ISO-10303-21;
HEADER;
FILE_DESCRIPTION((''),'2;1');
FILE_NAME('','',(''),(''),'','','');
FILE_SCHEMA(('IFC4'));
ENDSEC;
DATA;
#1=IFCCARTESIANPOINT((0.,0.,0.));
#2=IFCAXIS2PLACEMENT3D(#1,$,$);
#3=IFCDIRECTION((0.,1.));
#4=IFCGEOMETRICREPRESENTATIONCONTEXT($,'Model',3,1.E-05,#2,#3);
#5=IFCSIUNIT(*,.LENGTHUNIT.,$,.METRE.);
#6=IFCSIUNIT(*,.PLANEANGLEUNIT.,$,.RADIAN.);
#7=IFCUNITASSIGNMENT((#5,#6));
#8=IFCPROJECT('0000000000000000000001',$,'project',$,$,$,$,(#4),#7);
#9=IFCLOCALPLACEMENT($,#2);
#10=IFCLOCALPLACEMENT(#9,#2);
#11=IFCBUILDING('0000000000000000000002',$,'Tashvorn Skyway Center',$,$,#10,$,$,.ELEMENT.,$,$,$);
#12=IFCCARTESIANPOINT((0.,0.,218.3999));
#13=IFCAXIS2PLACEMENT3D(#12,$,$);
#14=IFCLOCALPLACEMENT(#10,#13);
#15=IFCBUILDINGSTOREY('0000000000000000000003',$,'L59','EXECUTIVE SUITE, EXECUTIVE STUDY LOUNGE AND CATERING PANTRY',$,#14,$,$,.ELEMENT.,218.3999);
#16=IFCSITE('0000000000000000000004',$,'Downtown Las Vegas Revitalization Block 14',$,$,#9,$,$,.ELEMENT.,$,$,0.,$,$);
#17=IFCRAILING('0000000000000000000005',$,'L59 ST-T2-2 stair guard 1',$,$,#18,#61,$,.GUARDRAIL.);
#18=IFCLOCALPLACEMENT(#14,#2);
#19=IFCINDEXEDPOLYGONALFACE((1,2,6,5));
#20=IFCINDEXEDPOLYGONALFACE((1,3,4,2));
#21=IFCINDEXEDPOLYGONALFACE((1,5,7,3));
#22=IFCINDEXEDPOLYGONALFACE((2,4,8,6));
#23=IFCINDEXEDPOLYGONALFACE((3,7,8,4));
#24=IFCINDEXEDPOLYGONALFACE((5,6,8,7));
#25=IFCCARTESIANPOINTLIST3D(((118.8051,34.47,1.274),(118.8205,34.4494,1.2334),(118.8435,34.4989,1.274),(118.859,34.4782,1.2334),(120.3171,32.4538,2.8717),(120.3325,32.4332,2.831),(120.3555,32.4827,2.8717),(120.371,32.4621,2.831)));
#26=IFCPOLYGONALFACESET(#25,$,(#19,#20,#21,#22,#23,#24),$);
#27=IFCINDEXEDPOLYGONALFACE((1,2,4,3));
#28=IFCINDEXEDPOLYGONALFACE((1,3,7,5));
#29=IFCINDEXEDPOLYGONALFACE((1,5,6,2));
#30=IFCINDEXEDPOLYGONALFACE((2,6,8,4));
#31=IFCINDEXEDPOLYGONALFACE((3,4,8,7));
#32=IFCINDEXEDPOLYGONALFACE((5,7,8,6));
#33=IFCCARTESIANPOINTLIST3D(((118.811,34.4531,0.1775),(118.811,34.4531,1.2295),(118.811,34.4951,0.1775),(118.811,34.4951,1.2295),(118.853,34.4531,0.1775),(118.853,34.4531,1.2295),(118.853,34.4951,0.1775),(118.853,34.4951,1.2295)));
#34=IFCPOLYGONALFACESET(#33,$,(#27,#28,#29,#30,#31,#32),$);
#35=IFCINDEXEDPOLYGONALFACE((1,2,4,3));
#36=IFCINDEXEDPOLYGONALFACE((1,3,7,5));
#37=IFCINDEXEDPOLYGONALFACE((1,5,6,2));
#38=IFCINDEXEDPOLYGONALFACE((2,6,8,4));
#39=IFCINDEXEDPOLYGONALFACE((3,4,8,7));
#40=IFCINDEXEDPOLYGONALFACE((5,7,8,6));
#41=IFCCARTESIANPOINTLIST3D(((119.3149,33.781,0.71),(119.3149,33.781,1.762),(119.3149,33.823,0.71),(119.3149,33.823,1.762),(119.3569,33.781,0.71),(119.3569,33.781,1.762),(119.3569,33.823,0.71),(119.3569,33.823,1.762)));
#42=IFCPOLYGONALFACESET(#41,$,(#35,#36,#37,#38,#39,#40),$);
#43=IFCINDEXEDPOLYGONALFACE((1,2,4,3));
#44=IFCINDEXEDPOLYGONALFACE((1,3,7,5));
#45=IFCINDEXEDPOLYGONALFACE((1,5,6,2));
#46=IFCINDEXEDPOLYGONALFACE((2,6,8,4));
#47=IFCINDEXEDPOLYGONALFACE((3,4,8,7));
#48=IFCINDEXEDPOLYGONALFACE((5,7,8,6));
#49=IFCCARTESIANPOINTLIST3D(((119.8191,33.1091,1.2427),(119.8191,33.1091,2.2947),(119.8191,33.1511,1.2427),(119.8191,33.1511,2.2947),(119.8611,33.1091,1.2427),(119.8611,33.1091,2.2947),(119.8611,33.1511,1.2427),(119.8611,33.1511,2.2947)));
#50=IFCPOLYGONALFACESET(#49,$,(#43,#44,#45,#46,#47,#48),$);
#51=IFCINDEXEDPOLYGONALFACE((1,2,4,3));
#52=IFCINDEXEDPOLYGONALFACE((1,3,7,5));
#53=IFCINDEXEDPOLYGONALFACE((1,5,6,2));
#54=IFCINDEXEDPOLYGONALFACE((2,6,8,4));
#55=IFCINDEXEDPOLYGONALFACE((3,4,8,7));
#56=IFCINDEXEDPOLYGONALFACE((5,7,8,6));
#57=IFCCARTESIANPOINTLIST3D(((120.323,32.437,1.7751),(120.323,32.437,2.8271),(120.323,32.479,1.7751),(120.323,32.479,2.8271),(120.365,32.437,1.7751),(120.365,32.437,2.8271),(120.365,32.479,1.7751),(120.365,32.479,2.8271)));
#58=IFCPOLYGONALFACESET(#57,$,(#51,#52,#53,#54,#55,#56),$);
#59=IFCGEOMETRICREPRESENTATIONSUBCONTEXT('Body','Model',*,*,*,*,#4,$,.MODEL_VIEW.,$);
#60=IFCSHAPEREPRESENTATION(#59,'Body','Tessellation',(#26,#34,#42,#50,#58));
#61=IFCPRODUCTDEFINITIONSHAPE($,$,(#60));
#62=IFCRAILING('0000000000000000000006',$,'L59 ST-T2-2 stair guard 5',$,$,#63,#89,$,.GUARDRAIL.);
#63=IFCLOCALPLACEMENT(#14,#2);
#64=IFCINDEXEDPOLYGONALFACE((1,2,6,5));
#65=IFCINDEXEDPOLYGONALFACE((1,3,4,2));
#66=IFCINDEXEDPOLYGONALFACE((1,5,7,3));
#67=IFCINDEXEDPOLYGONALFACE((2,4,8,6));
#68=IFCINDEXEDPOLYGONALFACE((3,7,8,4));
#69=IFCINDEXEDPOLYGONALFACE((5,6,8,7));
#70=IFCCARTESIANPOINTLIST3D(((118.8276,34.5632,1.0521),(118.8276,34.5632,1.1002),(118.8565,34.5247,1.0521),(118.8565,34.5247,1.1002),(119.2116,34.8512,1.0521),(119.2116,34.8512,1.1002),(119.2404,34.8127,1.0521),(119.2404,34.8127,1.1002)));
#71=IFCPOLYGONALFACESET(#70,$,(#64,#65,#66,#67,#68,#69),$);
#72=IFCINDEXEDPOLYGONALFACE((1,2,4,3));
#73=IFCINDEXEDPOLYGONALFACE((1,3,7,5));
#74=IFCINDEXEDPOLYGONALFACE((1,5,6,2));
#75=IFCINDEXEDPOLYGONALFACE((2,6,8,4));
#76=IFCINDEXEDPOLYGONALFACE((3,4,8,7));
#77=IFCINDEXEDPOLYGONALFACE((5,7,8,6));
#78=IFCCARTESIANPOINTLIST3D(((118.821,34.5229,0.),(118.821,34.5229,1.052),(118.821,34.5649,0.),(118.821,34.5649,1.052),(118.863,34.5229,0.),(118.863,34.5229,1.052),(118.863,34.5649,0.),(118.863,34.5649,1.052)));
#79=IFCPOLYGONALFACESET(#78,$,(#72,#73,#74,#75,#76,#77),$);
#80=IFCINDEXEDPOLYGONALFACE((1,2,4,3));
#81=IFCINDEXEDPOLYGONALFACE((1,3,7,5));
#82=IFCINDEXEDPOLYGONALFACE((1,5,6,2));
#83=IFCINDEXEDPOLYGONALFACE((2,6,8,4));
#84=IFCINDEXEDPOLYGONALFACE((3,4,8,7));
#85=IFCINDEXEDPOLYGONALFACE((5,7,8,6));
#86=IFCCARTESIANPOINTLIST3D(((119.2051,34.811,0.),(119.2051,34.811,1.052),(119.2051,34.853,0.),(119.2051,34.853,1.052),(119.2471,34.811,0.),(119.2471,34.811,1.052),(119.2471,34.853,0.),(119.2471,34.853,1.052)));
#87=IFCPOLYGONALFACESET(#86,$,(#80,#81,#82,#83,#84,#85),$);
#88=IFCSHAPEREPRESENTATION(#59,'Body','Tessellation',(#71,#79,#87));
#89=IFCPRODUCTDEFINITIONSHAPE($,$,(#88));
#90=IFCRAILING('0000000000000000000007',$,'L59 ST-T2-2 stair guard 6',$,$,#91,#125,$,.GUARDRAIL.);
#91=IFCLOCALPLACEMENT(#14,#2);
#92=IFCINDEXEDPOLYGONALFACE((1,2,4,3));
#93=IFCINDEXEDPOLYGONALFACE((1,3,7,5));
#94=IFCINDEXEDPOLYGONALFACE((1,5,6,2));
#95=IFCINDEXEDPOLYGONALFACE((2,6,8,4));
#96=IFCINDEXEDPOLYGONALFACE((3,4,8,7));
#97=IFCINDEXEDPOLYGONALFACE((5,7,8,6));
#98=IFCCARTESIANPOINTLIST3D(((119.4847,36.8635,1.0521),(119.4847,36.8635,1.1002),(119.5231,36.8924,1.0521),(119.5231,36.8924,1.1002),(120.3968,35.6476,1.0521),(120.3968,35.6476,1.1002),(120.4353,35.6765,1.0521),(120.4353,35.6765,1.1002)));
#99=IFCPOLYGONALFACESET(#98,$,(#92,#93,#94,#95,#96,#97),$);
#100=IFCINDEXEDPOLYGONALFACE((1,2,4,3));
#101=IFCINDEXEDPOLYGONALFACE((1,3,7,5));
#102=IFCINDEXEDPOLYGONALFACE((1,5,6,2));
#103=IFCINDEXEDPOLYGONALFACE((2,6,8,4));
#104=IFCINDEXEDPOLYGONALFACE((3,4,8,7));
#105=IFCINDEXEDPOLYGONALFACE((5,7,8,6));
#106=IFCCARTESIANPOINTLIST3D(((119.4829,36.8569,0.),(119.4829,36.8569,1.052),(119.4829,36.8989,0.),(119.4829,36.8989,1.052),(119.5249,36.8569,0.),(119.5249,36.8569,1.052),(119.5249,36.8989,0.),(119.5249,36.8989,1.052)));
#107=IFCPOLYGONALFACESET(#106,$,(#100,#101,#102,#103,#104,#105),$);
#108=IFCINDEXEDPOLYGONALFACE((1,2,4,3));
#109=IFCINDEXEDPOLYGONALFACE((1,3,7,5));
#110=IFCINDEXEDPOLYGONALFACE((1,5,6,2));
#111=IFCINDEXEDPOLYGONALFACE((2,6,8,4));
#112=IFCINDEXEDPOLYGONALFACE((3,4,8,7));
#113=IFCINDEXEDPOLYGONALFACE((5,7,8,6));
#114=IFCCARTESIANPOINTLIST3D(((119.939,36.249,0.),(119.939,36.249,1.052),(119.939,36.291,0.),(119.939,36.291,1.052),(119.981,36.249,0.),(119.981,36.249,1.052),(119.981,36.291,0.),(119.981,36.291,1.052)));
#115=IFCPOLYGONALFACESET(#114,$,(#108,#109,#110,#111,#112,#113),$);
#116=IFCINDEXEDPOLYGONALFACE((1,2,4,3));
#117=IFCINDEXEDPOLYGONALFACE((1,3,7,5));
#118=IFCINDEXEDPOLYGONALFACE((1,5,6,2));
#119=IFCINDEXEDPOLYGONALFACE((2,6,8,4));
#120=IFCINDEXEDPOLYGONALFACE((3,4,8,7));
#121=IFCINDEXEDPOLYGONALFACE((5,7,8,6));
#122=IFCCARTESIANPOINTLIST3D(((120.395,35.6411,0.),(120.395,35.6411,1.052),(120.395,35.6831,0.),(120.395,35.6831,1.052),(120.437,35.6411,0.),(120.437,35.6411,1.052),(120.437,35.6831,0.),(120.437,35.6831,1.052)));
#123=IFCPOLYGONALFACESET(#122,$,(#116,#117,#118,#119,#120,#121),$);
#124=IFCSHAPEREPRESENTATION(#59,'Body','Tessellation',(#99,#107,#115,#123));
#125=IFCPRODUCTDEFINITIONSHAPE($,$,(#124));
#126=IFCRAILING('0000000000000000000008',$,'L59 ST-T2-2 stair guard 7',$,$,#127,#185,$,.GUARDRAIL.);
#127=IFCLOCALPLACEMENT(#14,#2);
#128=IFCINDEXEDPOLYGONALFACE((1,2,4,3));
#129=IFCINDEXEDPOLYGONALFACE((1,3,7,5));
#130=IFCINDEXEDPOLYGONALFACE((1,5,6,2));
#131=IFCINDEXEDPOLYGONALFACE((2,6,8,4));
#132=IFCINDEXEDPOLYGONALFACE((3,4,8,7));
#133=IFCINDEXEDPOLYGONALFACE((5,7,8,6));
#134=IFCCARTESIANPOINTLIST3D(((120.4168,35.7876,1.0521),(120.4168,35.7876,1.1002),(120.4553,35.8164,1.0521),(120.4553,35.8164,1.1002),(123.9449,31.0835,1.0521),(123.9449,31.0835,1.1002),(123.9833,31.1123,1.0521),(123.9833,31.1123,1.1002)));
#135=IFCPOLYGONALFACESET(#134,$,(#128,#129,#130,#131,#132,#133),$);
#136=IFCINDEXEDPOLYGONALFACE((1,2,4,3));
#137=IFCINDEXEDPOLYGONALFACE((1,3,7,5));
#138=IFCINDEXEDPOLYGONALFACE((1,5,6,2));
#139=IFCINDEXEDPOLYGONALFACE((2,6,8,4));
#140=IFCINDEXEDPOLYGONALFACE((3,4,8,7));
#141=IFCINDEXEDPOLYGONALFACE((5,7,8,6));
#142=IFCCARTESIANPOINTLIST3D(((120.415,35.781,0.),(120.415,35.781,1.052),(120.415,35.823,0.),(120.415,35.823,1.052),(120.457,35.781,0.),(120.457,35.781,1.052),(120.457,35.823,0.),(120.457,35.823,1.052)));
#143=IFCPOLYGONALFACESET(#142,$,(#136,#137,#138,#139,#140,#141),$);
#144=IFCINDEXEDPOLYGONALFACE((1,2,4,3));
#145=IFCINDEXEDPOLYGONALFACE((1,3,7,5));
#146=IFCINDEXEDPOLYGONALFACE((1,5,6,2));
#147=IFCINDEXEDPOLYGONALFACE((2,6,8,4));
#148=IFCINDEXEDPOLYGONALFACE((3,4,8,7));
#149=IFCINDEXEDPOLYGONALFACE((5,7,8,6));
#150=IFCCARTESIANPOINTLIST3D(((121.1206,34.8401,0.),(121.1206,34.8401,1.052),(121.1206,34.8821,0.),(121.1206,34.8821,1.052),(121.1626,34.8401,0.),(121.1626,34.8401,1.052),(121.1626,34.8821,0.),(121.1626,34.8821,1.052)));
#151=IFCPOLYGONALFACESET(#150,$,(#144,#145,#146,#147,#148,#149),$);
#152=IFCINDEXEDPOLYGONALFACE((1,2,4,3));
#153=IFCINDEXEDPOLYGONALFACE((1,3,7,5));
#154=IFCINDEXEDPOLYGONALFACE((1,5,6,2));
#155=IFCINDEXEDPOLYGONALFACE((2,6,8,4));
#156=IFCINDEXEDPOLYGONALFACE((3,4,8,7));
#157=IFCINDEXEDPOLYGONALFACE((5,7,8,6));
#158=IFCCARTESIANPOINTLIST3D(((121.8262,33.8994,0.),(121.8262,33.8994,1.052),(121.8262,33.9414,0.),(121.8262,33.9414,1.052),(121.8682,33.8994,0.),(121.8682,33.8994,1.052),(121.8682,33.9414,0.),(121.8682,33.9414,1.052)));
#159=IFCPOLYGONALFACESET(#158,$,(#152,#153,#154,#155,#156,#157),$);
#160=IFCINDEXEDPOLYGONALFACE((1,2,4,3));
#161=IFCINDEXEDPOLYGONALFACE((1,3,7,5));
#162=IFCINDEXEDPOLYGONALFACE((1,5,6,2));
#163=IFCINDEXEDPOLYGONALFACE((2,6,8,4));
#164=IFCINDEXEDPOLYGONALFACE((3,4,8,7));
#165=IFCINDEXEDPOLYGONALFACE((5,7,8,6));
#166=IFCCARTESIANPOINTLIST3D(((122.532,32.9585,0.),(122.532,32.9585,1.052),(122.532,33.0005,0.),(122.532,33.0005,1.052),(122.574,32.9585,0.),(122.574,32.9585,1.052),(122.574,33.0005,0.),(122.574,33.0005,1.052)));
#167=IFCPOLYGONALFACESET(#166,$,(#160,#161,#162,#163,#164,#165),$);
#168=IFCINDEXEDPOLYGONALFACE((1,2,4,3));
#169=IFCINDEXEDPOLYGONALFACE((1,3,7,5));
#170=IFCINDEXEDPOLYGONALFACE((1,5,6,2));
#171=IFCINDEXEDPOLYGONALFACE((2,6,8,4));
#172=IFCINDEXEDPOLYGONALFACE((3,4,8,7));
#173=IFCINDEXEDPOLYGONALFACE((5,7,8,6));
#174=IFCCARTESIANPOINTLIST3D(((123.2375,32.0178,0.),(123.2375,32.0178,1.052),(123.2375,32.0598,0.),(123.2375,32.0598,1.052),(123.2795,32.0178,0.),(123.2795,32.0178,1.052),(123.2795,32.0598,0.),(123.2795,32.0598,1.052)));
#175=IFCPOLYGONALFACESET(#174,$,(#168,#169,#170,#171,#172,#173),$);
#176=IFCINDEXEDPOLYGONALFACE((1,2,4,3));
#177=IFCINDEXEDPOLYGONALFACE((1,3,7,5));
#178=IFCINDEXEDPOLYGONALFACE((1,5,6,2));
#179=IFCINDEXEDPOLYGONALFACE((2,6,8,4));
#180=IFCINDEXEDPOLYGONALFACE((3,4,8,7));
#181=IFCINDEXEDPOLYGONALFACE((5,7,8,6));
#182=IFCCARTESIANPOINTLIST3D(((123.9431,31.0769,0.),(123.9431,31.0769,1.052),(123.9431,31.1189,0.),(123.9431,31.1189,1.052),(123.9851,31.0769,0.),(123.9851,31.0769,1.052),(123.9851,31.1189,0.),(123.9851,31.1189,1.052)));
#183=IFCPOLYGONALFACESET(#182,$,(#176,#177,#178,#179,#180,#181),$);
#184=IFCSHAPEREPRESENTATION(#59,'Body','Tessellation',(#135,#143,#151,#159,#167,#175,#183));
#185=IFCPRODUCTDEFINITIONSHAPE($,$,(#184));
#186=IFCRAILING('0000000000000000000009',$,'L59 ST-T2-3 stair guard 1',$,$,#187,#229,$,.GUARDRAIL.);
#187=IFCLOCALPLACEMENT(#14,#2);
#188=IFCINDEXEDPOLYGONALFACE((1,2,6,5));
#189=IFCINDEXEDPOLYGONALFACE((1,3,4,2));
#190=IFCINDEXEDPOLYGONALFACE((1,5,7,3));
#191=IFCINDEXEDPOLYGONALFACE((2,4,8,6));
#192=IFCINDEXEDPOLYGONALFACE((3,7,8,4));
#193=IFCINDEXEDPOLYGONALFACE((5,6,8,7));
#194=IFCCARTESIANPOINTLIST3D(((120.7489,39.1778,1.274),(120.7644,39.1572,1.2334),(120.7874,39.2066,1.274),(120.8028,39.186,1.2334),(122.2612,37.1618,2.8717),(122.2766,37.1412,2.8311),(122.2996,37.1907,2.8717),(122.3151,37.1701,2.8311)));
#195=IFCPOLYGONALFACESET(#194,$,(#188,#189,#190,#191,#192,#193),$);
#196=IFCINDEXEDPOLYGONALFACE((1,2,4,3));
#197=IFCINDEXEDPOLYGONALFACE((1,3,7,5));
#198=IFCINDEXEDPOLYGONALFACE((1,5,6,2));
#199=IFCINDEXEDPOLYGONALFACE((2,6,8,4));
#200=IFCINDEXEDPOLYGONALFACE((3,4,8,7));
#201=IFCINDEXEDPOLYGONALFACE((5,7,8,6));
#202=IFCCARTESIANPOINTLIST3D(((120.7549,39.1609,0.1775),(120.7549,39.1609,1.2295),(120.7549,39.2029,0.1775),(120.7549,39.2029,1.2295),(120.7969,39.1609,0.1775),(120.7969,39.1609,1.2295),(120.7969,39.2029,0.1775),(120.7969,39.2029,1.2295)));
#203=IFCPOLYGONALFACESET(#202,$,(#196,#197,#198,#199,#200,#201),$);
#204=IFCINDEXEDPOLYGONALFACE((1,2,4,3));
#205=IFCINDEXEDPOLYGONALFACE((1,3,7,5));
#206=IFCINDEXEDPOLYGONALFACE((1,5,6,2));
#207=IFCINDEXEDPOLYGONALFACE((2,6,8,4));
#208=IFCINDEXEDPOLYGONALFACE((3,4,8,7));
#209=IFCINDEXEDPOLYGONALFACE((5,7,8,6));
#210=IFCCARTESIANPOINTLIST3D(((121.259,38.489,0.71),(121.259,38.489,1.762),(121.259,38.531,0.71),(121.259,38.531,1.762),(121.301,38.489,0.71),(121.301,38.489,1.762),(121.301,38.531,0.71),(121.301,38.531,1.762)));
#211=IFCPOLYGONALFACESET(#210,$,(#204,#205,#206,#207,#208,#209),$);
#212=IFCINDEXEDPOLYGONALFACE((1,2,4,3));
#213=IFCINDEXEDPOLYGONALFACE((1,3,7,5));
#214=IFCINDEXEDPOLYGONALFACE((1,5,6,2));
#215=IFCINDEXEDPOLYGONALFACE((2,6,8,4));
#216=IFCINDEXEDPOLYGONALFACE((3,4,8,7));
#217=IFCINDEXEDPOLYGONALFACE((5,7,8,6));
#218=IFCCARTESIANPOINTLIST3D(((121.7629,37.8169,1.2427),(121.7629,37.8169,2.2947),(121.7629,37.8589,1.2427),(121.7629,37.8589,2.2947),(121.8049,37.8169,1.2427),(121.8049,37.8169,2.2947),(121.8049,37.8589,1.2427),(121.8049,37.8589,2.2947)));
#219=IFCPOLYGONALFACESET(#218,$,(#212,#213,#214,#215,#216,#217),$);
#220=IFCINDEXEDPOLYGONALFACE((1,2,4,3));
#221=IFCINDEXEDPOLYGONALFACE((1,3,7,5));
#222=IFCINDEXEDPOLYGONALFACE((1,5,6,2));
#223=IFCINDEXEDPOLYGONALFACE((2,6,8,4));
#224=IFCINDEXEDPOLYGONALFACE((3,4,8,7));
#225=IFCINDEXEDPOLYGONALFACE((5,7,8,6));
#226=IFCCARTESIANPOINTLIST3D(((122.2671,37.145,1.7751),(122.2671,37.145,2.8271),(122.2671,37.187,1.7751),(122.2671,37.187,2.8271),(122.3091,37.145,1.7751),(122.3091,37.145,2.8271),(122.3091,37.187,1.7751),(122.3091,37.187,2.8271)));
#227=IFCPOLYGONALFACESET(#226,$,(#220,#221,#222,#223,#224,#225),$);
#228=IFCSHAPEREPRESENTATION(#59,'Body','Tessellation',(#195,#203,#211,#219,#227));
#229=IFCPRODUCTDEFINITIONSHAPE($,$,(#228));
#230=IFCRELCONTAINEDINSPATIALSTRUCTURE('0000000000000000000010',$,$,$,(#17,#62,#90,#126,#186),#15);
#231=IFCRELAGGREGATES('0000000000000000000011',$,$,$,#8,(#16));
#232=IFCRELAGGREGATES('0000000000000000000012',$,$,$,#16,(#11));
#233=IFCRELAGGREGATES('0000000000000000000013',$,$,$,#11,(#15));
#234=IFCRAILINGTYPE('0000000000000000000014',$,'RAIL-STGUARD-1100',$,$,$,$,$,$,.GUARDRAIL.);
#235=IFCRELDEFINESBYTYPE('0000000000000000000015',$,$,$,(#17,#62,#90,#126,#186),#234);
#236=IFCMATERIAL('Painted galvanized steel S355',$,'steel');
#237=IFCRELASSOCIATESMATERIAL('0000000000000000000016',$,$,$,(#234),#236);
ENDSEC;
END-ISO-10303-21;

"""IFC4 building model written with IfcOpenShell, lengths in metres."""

from ifc_helpers import new_model, si_unit, direction, frame, origin, origin_2d, place, context, subcontext, project, spatial, rectangle, extrude, material, type_object, element, save


model = new_model("IFC4")

# Units and contexts
model_context = context("Model", 3, precision=1e-05, world=origin(), true_north=direction((0.0, 1.0)))
body_context = subcontext(model_context, "Body", "Model", "MODEL_VIEW")
ifc_project = project(units=[si_unit("LENGTHUNIT", "METRE"), si_unit("PLANEANGLEUNIT", "RADIAN")], contexts=[model_context])

# Site, building, storey
site_placement = place(None, origin())
site = spatial("IfcSite", under=ifc_project, at=site_placement, Name="Downtown Las Vegas Revitalization Block 14", CompositionType="ELEMENT", RefElevation=0.0)
building_placement = place(site_placement, origin())
building = spatial("IfcBuilding", under=site, at=building_placement, Name="Tashvorn Skyway Center", CompositionType="ELEMENT")
storey_placement = place(building_placement, frame((0.0, 0.0, 218.3999)))
storey = spatial("IfcBuildingStorey", under=building, at=storey_placement, Name="L59", Description="EXECUTIVE SUITE, EXECUTIVE STUDY LOUNGE AND CATERING PANTRY", CompositionType="ELEMENT", Elevation=218.3999)

# Railings
ifc_material_1 = material(Name="Painted galvanized steel S355", Category="steel")
railing_type_1 = type_object("IfcRailingType", Name="RAIL-STGUARD-1100", PredefinedType="GUARDRAIL", material=ifc_material_1)
railing_1_placement = place(storey_placement, frame((118.832, 34.4741, 0.1775)))
element("IfcRailing", 1, at=railing_1_placement, inside=storey, type_object=railing_type_1, Name="L59 ST-T2-2 stair guard 1", PredefinedType="GUARDRAIL", context=body_context, shape_type="SweptSolid", body=[
    extrude(rectangle(XDim=0.0481, YDim=0.0481, at=origin_2d()), frame((0.0, 0.0, 1.0762), z_axis=(0.506719, -0.675679, 0.535438), x_axis=(0.800023, 0.599969, 0.0)), (0.0, 0.0, 1.0), 2.9839),
    extrude(rectangle(XDim=0.042, YDim=0.042, at=origin_2d()), origin(), (0.0, 0.0, 1.0), 1.052),
    extrude(rectangle(XDim=0.042, YDim=0.042, at=origin_2d()), frame((0.5039, -0.6721, 0.5325)), (0.0, 0.0, 1.0), 1.052),
    extrude(rectangle(XDim=0.042, YDim=0.042, at=origin_2d()), frame((1.0081, -1.344, 1.0652)), (0.0, 0.0, 1.0), 1.052),
    extrude(rectangle(XDim=0.042, YDim=0.042, at=origin_2d()), frame((1.512, -2.0161, 1.5977)), (0.0, 0.0, 1.0), 1.052),
])
railing_2_placement = place(storey_placement, frame((118.842, 34.5439, 0.0)))
element("IfcRailing", 2, at=railing_2_placement, inside=storey, type_object=railing_type_1, Name="L59 ST-T2-2 stair guard 5", PredefinedType="GUARDRAIL", context=body_context, shape_type="SweptSolid", body=[
    extrude(rectangle(XDim=0.0481, YDim=0.0481, at=origin_2d()), frame((0.0, 0.0, 1.0762), z_axis=(0.799939, 0.600081, 0.0), x_axis=(-0.600081, 0.799939, 0.0)), (0.0, 0.0, 1.0), 0.48),
    extrude(rectangle(XDim=0.042, YDim=0.042, at=origin_2d()), origin(), (0.0, 0.0, 1.0), 1.052),
    extrude(rectangle(XDim=0.042, YDim=0.042, at=origin_2d()), frame((0.384, 0.2881, 0.0)), (0.0, 0.0, 1.0), 1.052),
])
railing_3_placement = place(storey_placement, frame((119.5039, 36.8779, 0.0)))
element("IfcRailing", 3, at=railing_3_placement, inside=storey, type_object=railing_type_1, Name="L59 ST-T2-2 stair guard 6", PredefinedType="GUARDRAIL", context=body_context, shape_type="SweptSolid", body=[
    extrude(rectangle(XDim=0.0481, YDim=0.0481, at=origin_2d()), frame((0.0, 0.0, 1.0762), z_axis=(0.600103, -0.799923, 0.0), x_axis=(0.799923, 0.600103, 0.0)), (0.0, 0.0, 1.0), 1.52),
    extrude(rectangle(XDim=0.042, YDim=0.042, at=origin_2d()), origin(), (0.0, 0.0, 1.0), 1.052),
    extrude(rectangle(XDim=0.042, YDim=0.042, at=origin_2d()), frame((0.4561, -0.6079, 0.0)), (0.0, 0.0, 1.0), 1.052),
    extrude(rectangle(XDim=0.042, YDim=0.042, at=origin_2d()), frame((0.9121, -1.2158, 0.0)), (0.0, 0.0, 1.0), 1.052),
])
railing_4_placement = place(storey_placement, frame((120.436, 35.802, 0.0)))
element("IfcRailing", 4, at=railing_4_placement, inside=storey, type_object=railing_type_1, Name="L59 ST-T2-2 stair guard 7", PredefinedType="GUARDRAIL", context=body_context, shape_type="SweptSolid", body=[
    extrude(rectangle(XDim=0.0481, YDim=0.0481, at=origin_2d()), frame((0.0, 0.0, 1.0762), z_axis=(0.6, -0.8, 0.0), x_axis=(0.8, 0.6, 0.0)), (0.0, 0.0, 1.0), 5.8801),
    extrude(rectangle(XDim=0.042, YDim=0.042, at=origin_2d()), origin(), (0.0, 0.0, 1.0), 1.052),
    extrude(rectangle(XDim=0.042, YDim=0.042, at=origin_2d()), frame((0.7056, -0.9409, 0.0)), (0.0, 0.0, 1.0), 1.052),
    extrude(rectangle(XDim=0.042, YDim=0.042, at=origin_2d()), frame((1.4111, -1.8816, 0.0)), (0.0, 0.0, 1.0), 1.052),
    extrude(rectangle(XDim=0.042, YDim=0.042, at=origin_2d()), frame((2.1169, -2.8225, 0.0)), (0.0, 0.0, 1.0), 1.052),
    extrude(rectangle(XDim=0.042, YDim=0.042, at=origin_2d()), frame((2.8225, -3.7632, 0.0)), (0.0, 0.0, 1.0), 1.052),
    extrude(rectangle(XDim=0.042, YDim=0.042, at=origin_2d()), frame((3.5281, -4.7041, 0.0)), (0.0, 0.0, 1.0), 1.052),
])
railing_5_placement = place(storey_placement, frame((120.7759, 39.1819, 0.1775)))
element("IfcRailing", 5, at=railing_5_placement, inside=storey, type_object=railing_type_1, Name="L59 ST-T2-3 stair guard 1", PredefinedType="GUARDRAIL", context=body_context, shape_type="SweptSolid", body=[
    extrude(rectangle(XDim=0.0481, YDim=0.0481, at=origin_2d()), frame((0.0, 0.0, 1.0762), z_axis=(0.506807, -0.675607, 0.535445), x_axis=(0.799942, 0.600078, 0.0)), (0.0, 0.0, 1.0), 2.9839),
    extrude(rectangle(XDim=0.042, YDim=0.042, at=origin_2d()), origin(), (0.0, 0.0, 1.0), 1.052),
    extrude(rectangle(XDim=0.042, YDim=0.042, at=origin_2d()), frame((0.5042, -0.6719, 0.5325)), (0.0, 0.0, 1.0), 1.052),
    extrude(rectangle(XDim=0.042, YDim=0.042, at=origin_2d()), frame((1.0081, -1.344, 1.0652)), (0.0, 0.0, 1.0), 1.052),
    extrude(rectangle(XDim=0.042, YDim=0.042, at=origin_2d()), frame((1.5122, -2.0159, 1.5977)), (0.0, 0.0, 1.0), 1.052),
])

save(model, "model.ifc")
